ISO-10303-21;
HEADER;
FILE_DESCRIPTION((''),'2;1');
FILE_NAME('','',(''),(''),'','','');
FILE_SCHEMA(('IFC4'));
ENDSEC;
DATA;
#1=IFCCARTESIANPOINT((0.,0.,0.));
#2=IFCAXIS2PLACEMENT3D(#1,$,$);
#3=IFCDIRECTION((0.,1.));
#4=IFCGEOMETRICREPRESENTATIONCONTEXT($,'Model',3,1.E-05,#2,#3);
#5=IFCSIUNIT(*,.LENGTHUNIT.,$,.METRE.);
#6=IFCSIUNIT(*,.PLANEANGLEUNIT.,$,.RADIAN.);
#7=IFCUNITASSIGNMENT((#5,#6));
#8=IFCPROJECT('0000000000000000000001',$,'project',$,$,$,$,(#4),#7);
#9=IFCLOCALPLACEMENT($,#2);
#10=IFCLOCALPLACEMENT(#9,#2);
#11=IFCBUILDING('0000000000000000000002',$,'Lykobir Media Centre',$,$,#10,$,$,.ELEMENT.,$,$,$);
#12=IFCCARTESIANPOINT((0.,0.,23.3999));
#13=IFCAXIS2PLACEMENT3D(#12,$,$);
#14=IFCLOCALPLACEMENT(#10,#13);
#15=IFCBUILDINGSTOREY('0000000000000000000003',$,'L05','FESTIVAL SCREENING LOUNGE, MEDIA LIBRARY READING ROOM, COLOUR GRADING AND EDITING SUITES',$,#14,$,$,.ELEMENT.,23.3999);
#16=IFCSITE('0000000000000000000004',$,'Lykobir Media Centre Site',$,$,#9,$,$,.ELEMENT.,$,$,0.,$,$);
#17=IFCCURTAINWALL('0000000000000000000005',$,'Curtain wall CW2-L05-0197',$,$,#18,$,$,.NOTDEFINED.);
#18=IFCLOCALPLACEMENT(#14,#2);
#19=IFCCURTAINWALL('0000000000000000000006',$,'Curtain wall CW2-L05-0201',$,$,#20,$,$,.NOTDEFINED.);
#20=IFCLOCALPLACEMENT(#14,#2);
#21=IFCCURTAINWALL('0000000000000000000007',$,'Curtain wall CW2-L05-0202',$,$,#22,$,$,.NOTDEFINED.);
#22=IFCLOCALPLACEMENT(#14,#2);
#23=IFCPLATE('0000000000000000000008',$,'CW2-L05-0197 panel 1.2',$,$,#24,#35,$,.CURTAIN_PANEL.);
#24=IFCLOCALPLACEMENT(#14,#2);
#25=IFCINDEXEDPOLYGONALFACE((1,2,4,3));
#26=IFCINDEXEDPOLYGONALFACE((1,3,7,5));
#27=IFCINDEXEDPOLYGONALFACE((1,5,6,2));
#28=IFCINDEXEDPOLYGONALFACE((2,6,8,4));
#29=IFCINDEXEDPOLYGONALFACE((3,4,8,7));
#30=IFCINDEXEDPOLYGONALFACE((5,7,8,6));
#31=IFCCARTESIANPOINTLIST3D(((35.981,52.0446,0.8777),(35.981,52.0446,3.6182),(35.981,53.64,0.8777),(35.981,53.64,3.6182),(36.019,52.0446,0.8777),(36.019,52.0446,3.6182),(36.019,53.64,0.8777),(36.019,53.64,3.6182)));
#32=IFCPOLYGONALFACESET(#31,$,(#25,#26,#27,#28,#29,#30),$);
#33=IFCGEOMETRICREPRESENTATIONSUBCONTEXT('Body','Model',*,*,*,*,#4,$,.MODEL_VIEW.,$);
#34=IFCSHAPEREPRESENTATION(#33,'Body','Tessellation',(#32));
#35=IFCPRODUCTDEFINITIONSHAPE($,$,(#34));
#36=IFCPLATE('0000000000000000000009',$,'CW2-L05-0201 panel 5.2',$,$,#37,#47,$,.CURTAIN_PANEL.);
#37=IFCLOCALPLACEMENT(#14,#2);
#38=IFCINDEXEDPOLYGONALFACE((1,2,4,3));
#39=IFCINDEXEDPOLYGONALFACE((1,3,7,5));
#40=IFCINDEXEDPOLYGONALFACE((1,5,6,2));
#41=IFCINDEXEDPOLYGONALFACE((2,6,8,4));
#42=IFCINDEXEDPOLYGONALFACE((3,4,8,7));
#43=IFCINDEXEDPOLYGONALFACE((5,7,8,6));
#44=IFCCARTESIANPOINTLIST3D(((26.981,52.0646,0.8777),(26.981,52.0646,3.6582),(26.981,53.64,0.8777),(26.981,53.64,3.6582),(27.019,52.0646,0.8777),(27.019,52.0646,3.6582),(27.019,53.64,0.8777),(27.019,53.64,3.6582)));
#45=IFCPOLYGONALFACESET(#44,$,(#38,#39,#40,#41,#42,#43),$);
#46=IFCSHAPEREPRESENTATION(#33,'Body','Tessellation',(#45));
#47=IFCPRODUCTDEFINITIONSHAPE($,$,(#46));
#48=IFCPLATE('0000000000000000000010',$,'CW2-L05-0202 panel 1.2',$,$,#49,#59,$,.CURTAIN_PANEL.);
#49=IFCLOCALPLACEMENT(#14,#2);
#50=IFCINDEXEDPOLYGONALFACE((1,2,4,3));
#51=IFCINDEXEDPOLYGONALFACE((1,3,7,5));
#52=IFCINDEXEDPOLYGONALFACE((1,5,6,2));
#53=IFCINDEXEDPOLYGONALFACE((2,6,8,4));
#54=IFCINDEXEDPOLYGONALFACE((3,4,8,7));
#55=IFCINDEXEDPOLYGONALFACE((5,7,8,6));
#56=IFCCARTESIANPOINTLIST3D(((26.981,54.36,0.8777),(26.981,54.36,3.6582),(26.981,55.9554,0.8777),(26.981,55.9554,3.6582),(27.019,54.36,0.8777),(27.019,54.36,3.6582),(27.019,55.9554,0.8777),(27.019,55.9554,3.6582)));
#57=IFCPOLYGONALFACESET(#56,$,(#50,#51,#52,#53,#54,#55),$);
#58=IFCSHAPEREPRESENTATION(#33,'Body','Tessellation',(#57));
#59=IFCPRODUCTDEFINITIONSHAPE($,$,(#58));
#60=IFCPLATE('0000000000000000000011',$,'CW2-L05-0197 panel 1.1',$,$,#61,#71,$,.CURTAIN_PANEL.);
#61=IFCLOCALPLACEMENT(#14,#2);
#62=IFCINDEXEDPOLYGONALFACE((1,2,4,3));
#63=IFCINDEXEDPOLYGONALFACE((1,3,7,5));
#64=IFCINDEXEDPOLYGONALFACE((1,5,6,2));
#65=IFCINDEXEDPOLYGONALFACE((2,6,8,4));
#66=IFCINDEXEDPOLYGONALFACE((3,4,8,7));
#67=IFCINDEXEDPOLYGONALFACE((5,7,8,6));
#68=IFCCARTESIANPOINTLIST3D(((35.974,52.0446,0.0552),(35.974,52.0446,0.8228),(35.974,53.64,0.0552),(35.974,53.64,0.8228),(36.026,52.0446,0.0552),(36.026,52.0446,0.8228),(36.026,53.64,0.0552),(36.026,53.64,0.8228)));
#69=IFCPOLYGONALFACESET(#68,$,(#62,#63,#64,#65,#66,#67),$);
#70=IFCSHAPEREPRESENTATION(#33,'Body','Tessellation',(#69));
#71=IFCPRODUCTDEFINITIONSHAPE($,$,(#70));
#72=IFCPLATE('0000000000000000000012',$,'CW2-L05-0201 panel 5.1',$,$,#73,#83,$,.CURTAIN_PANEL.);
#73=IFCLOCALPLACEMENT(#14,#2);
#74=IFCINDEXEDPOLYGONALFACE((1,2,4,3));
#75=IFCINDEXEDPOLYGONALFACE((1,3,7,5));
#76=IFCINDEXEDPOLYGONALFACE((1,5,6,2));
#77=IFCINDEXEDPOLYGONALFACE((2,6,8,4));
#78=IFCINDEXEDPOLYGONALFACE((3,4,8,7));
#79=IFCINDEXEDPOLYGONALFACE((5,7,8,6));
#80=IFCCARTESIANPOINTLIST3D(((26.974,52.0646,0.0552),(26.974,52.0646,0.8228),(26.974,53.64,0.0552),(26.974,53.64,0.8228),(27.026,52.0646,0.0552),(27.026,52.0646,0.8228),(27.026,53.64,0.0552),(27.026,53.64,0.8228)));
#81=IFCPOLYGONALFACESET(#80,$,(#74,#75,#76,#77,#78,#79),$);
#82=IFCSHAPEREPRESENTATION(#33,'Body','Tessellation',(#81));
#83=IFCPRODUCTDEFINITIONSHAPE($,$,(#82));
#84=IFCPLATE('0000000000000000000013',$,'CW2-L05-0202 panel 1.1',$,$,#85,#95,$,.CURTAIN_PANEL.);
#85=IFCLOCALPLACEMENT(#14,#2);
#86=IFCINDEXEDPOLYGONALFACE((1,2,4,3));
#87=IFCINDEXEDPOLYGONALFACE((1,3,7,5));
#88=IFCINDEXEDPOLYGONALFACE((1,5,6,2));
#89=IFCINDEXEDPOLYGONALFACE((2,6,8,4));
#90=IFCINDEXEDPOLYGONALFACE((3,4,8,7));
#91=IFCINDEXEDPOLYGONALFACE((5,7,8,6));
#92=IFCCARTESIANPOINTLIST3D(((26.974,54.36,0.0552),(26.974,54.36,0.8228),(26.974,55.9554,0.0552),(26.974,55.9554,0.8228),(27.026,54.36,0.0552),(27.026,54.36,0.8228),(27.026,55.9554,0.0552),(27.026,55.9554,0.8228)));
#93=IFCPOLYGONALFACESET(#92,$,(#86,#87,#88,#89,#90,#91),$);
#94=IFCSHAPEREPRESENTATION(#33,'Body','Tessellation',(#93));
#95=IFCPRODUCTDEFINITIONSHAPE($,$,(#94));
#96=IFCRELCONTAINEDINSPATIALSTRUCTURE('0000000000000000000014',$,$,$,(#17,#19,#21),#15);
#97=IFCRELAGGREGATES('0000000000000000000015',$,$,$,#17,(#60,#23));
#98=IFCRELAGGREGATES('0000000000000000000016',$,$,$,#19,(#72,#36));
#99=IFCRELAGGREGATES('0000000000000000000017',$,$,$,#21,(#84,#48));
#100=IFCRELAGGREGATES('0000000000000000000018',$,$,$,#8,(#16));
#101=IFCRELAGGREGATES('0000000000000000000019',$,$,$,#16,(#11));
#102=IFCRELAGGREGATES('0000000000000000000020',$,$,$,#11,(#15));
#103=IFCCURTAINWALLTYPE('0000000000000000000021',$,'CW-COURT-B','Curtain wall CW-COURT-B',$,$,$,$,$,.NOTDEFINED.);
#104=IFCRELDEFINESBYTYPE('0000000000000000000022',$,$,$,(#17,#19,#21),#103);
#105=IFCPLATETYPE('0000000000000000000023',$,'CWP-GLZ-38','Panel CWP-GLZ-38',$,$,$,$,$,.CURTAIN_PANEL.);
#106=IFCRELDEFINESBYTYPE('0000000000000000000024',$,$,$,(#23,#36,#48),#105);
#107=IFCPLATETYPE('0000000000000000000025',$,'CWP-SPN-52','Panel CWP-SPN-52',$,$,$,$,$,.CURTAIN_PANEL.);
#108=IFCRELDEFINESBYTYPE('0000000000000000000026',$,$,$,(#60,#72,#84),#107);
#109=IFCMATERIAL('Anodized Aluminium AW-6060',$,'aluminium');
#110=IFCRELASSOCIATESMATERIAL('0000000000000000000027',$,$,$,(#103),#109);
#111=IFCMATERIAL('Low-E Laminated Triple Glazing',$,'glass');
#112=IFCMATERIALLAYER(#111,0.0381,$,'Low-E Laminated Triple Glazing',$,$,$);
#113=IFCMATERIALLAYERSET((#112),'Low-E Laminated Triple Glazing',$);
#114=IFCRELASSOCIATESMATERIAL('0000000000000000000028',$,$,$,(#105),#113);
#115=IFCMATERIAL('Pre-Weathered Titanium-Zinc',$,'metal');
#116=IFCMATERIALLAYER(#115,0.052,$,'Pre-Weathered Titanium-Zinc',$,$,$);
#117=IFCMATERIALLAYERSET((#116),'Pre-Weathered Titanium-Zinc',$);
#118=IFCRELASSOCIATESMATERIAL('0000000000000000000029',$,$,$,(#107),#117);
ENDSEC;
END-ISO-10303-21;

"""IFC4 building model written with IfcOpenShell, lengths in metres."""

from ifc_helpers import new_model, si_unit, direction, frame, origin, origin_2d, place, context, subcontext, project, spatial, rectangle, extrude, material, layer, layer_set, type_object, element, aggregate, save


model = new_model("IFC4")

# Units and contexts
model_context = context("Model", 3, precision=1e-05, world=origin(), true_north=direction((0.0, 1.0)))
body_context = subcontext(model_context, "Body", "Model", "MODEL_VIEW")
ifc_project = project(units=[si_unit("LENGTHUNIT", "METRE"), si_unit("PLANEANGLEUNIT", "RADIAN")], contexts=[model_context])

# Site, building, storey
site_placement = place(None, origin())
site = spatial("IfcSite", under=ifc_project, at=site_placement, Name="Lykobir Media Centre Site", CompositionType="ELEMENT", RefElevation=0.0)
building_placement = place(site_placement, origin())
building = spatial("IfcBuilding", under=site, at=building_placement, Name="Lykobir Media Centre", CompositionType="ELEMENT")
storey_placement = place(building_placement, frame((0.0, 0.0, 23.3999)))
storey = spatial("IfcBuildingStorey", under=building, at=storey_placement, Name="L05", Description="FESTIVAL SCREENING LOUNGE, MEDIA LIBRARY READING ROOM, COLOUR GRADING AND EDITING SUITES", CompositionType="ELEMENT", Elevation=23.3999)

# Curtain wall
ifc_material_1 = material(Name="Anodized Aluminium AW-6060", Category="aluminium")
curtain_wall_type = type_object("IfcCurtainWallType", Name="CW-COURT-B", Description="Curtain wall CW-COURT-B", PredefinedType="NOTDEFINED", material=ifc_material_1)
curtain_wall_1_placement = place(storey_placement, origin())
curtain_wall_1 = element("IfcCurtainWall", 1, at=curtain_wall_1_placement, inside=storey, type_object=curtain_wall_type, Name="Curtain wall CW2-L05-0197", PredefinedType="NOTDEFINED")

# Curtain walls
curtain_wall_2_placement = place(storey_placement, origin())
curtain_wall_2 = element("IfcCurtainWall", 2, at=curtain_wall_2_placement, inside=storey, type_object=curtain_wall_type, Name="Curtain wall CW2-L05-0201", PredefinedType="NOTDEFINED")
curtain_wall_3_placement = place(storey_placement, origin())
curtain_wall_3 = element("IfcCurtainWall", 3, at=curtain_wall_3_placement, inside=storey, type_object=curtain_wall_type, Name="Curtain wall CW2-L05-0202", PredefinedType="NOTDEFINED")

# Plates
ifc_material_2 = material(Name="Low-E Laminated Triple Glazing", Category="glass")
ifc_layer_1 = layer(ifc_material_2, 0.0381, Name="Low-E Laminated Triple Glazing")
ifc_layer_set_1 = layer_set([ifc_layer_1], Name="Low-E Laminated Triple Glazing")
plate_type_1 = type_object("IfcPlateType", Name="CWP-GLZ-38", Description="Panel CWP-GLZ-38", PredefinedType="CURTAIN_PANEL", material=ifc_layer_set_1)
plate_1_placement = place(storey_placement, frame((36.0, 52.8423, 0.8777), z_axis=(0.0, 0.0, 1.0), x_axis=(0.0, -1.0, 0.0)))
plate_1 = element("IfcPlate", 4, at=plate_1_placement, type_object=plate_type_1, Name="CW2-L05-0197 panel 1.2", PredefinedType="CURTAIN_PANEL", context=body_context, shape_type="SweptSolid", body=[
    extrude(rectangle(XDim=1.5955, YDim=0.0381, at=origin_2d()), origin(), (0.0, 0.0, 1.0), 2.7405),
])
plate_2_placement = place(storey_placement, frame((27.0, 52.8523, 0.8777), z_axis=(0.0, 0.0, 1.0), x_axis=(0.0, 1.0, 0.0)))
plate_2 = element("IfcPlate", 5, at=plate_2_placement, type_object=plate_type_1, Name="CW2-L05-0201 panel 5.2", PredefinedType="CURTAIN_PANEL", context=body_context, shape_type="SweptSolid", body=[
    extrude(rectangle(XDim=1.5754, YDim=0.0381, at=origin_2d()), origin(), (0.0, 0.0, 1.0), 2.7805),
])
plate_3_placement = place(storey_placement, frame((27.0, 55.1577, 0.8777), z_axis=(0.0, 0.0, 1.0), x_axis=(0.0, 1.0, 0.0)))
plate_3 = element("IfcPlate", 6, at=plate_3_placement, type_object=plate_type_1, Name="CW2-L05-0202 panel 1.2", PredefinedType="CURTAIN_PANEL", context=body_context, shape_type="SweptSolid", body=[
    extrude(rectangle(XDim=1.5955, YDim=0.0381, at=origin_2d()), origin(), (0.0, 0.0, 1.0), 2.7805),
])
ifc_material_3 = material(Name="Pre-Weathered Titanium-Zinc", Category="metal")
ifc_layer_2 = layer(ifc_material_3, 0.052, Name="Pre-Weathered Titanium-Zinc")
ifc_layer_set_2 = layer_set([ifc_layer_2], Name="Pre-Weathered Titanium-Zinc")
plate_type_2 = type_object("IfcPlateType", Name="CWP-SPN-52", Description="Panel CWP-SPN-52", PredefinedType="CURTAIN_PANEL", material=ifc_layer_set_2)
plate_4_placement = place(storey_placement, frame((36.0, 52.8423, 0.0552), z_axis=(0.0, 0.0, 1.0), x_axis=(0.0, -1.0, 0.0)))
plate_4 = element("IfcPlate", 7, at=plate_4_placement, type_object=plate_type_2, Name="CW2-L05-0197 panel 1.1", PredefinedType="CURTAIN_PANEL", context=body_context, shape_type="SweptSolid", body=[
    extrude(rectangle(XDim=1.5955, YDim=0.052, at=origin_2d()), origin(), (0.0, 0.0, 1.0), 0.7676),
])
aggregate(curtain_wall_1, [plate_4, plate_1])
plate_5_placement = place(storey_placement, frame((27.0, 52.8523, 0.0552), z_axis=(0.0, 0.0, 1.0), x_axis=(0.0, 1.0, 0.0)))
plate_5 = element("IfcPlate", 8, at=plate_5_placement, type_object=plate_type_2, Name="CW2-L05-0201 panel 5.1", PredefinedType="CURTAIN_PANEL", context=body_context, shape_type="SweptSolid", body=[
    extrude(rectangle(XDim=1.5754, YDim=0.052, at=origin_2d()), origin(), (0.0, 0.0, 1.0), 0.7676),
])
aggregate(curtain_wall_2, [plate_5, plate_2])
plate_6_placement = place(storey_placement, frame((27.0, 55.1577, 0.0552), z_axis=(0.0, 0.0, 1.0), x_axis=(0.0, 1.0, 0.0)))
plate_6 = element("IfcPlate", 9, at=plate_6_placement, type_object=plate_type_2, Name="CW2-L05-0202 panel 1.1", PredefinedType="CURTAIN_PANEL", context=body_context, shape_type="SweptSolid", body=[
    extrude(rectangle(XDim=1.5955, YDim=0.052, at=origin_2d()), origin(), (0.0, 0.0, 1.0), 0.7676),
])
aggregate(curtain_wall_3, [plate_6, plate_3])

save(model, "model.ifc")
